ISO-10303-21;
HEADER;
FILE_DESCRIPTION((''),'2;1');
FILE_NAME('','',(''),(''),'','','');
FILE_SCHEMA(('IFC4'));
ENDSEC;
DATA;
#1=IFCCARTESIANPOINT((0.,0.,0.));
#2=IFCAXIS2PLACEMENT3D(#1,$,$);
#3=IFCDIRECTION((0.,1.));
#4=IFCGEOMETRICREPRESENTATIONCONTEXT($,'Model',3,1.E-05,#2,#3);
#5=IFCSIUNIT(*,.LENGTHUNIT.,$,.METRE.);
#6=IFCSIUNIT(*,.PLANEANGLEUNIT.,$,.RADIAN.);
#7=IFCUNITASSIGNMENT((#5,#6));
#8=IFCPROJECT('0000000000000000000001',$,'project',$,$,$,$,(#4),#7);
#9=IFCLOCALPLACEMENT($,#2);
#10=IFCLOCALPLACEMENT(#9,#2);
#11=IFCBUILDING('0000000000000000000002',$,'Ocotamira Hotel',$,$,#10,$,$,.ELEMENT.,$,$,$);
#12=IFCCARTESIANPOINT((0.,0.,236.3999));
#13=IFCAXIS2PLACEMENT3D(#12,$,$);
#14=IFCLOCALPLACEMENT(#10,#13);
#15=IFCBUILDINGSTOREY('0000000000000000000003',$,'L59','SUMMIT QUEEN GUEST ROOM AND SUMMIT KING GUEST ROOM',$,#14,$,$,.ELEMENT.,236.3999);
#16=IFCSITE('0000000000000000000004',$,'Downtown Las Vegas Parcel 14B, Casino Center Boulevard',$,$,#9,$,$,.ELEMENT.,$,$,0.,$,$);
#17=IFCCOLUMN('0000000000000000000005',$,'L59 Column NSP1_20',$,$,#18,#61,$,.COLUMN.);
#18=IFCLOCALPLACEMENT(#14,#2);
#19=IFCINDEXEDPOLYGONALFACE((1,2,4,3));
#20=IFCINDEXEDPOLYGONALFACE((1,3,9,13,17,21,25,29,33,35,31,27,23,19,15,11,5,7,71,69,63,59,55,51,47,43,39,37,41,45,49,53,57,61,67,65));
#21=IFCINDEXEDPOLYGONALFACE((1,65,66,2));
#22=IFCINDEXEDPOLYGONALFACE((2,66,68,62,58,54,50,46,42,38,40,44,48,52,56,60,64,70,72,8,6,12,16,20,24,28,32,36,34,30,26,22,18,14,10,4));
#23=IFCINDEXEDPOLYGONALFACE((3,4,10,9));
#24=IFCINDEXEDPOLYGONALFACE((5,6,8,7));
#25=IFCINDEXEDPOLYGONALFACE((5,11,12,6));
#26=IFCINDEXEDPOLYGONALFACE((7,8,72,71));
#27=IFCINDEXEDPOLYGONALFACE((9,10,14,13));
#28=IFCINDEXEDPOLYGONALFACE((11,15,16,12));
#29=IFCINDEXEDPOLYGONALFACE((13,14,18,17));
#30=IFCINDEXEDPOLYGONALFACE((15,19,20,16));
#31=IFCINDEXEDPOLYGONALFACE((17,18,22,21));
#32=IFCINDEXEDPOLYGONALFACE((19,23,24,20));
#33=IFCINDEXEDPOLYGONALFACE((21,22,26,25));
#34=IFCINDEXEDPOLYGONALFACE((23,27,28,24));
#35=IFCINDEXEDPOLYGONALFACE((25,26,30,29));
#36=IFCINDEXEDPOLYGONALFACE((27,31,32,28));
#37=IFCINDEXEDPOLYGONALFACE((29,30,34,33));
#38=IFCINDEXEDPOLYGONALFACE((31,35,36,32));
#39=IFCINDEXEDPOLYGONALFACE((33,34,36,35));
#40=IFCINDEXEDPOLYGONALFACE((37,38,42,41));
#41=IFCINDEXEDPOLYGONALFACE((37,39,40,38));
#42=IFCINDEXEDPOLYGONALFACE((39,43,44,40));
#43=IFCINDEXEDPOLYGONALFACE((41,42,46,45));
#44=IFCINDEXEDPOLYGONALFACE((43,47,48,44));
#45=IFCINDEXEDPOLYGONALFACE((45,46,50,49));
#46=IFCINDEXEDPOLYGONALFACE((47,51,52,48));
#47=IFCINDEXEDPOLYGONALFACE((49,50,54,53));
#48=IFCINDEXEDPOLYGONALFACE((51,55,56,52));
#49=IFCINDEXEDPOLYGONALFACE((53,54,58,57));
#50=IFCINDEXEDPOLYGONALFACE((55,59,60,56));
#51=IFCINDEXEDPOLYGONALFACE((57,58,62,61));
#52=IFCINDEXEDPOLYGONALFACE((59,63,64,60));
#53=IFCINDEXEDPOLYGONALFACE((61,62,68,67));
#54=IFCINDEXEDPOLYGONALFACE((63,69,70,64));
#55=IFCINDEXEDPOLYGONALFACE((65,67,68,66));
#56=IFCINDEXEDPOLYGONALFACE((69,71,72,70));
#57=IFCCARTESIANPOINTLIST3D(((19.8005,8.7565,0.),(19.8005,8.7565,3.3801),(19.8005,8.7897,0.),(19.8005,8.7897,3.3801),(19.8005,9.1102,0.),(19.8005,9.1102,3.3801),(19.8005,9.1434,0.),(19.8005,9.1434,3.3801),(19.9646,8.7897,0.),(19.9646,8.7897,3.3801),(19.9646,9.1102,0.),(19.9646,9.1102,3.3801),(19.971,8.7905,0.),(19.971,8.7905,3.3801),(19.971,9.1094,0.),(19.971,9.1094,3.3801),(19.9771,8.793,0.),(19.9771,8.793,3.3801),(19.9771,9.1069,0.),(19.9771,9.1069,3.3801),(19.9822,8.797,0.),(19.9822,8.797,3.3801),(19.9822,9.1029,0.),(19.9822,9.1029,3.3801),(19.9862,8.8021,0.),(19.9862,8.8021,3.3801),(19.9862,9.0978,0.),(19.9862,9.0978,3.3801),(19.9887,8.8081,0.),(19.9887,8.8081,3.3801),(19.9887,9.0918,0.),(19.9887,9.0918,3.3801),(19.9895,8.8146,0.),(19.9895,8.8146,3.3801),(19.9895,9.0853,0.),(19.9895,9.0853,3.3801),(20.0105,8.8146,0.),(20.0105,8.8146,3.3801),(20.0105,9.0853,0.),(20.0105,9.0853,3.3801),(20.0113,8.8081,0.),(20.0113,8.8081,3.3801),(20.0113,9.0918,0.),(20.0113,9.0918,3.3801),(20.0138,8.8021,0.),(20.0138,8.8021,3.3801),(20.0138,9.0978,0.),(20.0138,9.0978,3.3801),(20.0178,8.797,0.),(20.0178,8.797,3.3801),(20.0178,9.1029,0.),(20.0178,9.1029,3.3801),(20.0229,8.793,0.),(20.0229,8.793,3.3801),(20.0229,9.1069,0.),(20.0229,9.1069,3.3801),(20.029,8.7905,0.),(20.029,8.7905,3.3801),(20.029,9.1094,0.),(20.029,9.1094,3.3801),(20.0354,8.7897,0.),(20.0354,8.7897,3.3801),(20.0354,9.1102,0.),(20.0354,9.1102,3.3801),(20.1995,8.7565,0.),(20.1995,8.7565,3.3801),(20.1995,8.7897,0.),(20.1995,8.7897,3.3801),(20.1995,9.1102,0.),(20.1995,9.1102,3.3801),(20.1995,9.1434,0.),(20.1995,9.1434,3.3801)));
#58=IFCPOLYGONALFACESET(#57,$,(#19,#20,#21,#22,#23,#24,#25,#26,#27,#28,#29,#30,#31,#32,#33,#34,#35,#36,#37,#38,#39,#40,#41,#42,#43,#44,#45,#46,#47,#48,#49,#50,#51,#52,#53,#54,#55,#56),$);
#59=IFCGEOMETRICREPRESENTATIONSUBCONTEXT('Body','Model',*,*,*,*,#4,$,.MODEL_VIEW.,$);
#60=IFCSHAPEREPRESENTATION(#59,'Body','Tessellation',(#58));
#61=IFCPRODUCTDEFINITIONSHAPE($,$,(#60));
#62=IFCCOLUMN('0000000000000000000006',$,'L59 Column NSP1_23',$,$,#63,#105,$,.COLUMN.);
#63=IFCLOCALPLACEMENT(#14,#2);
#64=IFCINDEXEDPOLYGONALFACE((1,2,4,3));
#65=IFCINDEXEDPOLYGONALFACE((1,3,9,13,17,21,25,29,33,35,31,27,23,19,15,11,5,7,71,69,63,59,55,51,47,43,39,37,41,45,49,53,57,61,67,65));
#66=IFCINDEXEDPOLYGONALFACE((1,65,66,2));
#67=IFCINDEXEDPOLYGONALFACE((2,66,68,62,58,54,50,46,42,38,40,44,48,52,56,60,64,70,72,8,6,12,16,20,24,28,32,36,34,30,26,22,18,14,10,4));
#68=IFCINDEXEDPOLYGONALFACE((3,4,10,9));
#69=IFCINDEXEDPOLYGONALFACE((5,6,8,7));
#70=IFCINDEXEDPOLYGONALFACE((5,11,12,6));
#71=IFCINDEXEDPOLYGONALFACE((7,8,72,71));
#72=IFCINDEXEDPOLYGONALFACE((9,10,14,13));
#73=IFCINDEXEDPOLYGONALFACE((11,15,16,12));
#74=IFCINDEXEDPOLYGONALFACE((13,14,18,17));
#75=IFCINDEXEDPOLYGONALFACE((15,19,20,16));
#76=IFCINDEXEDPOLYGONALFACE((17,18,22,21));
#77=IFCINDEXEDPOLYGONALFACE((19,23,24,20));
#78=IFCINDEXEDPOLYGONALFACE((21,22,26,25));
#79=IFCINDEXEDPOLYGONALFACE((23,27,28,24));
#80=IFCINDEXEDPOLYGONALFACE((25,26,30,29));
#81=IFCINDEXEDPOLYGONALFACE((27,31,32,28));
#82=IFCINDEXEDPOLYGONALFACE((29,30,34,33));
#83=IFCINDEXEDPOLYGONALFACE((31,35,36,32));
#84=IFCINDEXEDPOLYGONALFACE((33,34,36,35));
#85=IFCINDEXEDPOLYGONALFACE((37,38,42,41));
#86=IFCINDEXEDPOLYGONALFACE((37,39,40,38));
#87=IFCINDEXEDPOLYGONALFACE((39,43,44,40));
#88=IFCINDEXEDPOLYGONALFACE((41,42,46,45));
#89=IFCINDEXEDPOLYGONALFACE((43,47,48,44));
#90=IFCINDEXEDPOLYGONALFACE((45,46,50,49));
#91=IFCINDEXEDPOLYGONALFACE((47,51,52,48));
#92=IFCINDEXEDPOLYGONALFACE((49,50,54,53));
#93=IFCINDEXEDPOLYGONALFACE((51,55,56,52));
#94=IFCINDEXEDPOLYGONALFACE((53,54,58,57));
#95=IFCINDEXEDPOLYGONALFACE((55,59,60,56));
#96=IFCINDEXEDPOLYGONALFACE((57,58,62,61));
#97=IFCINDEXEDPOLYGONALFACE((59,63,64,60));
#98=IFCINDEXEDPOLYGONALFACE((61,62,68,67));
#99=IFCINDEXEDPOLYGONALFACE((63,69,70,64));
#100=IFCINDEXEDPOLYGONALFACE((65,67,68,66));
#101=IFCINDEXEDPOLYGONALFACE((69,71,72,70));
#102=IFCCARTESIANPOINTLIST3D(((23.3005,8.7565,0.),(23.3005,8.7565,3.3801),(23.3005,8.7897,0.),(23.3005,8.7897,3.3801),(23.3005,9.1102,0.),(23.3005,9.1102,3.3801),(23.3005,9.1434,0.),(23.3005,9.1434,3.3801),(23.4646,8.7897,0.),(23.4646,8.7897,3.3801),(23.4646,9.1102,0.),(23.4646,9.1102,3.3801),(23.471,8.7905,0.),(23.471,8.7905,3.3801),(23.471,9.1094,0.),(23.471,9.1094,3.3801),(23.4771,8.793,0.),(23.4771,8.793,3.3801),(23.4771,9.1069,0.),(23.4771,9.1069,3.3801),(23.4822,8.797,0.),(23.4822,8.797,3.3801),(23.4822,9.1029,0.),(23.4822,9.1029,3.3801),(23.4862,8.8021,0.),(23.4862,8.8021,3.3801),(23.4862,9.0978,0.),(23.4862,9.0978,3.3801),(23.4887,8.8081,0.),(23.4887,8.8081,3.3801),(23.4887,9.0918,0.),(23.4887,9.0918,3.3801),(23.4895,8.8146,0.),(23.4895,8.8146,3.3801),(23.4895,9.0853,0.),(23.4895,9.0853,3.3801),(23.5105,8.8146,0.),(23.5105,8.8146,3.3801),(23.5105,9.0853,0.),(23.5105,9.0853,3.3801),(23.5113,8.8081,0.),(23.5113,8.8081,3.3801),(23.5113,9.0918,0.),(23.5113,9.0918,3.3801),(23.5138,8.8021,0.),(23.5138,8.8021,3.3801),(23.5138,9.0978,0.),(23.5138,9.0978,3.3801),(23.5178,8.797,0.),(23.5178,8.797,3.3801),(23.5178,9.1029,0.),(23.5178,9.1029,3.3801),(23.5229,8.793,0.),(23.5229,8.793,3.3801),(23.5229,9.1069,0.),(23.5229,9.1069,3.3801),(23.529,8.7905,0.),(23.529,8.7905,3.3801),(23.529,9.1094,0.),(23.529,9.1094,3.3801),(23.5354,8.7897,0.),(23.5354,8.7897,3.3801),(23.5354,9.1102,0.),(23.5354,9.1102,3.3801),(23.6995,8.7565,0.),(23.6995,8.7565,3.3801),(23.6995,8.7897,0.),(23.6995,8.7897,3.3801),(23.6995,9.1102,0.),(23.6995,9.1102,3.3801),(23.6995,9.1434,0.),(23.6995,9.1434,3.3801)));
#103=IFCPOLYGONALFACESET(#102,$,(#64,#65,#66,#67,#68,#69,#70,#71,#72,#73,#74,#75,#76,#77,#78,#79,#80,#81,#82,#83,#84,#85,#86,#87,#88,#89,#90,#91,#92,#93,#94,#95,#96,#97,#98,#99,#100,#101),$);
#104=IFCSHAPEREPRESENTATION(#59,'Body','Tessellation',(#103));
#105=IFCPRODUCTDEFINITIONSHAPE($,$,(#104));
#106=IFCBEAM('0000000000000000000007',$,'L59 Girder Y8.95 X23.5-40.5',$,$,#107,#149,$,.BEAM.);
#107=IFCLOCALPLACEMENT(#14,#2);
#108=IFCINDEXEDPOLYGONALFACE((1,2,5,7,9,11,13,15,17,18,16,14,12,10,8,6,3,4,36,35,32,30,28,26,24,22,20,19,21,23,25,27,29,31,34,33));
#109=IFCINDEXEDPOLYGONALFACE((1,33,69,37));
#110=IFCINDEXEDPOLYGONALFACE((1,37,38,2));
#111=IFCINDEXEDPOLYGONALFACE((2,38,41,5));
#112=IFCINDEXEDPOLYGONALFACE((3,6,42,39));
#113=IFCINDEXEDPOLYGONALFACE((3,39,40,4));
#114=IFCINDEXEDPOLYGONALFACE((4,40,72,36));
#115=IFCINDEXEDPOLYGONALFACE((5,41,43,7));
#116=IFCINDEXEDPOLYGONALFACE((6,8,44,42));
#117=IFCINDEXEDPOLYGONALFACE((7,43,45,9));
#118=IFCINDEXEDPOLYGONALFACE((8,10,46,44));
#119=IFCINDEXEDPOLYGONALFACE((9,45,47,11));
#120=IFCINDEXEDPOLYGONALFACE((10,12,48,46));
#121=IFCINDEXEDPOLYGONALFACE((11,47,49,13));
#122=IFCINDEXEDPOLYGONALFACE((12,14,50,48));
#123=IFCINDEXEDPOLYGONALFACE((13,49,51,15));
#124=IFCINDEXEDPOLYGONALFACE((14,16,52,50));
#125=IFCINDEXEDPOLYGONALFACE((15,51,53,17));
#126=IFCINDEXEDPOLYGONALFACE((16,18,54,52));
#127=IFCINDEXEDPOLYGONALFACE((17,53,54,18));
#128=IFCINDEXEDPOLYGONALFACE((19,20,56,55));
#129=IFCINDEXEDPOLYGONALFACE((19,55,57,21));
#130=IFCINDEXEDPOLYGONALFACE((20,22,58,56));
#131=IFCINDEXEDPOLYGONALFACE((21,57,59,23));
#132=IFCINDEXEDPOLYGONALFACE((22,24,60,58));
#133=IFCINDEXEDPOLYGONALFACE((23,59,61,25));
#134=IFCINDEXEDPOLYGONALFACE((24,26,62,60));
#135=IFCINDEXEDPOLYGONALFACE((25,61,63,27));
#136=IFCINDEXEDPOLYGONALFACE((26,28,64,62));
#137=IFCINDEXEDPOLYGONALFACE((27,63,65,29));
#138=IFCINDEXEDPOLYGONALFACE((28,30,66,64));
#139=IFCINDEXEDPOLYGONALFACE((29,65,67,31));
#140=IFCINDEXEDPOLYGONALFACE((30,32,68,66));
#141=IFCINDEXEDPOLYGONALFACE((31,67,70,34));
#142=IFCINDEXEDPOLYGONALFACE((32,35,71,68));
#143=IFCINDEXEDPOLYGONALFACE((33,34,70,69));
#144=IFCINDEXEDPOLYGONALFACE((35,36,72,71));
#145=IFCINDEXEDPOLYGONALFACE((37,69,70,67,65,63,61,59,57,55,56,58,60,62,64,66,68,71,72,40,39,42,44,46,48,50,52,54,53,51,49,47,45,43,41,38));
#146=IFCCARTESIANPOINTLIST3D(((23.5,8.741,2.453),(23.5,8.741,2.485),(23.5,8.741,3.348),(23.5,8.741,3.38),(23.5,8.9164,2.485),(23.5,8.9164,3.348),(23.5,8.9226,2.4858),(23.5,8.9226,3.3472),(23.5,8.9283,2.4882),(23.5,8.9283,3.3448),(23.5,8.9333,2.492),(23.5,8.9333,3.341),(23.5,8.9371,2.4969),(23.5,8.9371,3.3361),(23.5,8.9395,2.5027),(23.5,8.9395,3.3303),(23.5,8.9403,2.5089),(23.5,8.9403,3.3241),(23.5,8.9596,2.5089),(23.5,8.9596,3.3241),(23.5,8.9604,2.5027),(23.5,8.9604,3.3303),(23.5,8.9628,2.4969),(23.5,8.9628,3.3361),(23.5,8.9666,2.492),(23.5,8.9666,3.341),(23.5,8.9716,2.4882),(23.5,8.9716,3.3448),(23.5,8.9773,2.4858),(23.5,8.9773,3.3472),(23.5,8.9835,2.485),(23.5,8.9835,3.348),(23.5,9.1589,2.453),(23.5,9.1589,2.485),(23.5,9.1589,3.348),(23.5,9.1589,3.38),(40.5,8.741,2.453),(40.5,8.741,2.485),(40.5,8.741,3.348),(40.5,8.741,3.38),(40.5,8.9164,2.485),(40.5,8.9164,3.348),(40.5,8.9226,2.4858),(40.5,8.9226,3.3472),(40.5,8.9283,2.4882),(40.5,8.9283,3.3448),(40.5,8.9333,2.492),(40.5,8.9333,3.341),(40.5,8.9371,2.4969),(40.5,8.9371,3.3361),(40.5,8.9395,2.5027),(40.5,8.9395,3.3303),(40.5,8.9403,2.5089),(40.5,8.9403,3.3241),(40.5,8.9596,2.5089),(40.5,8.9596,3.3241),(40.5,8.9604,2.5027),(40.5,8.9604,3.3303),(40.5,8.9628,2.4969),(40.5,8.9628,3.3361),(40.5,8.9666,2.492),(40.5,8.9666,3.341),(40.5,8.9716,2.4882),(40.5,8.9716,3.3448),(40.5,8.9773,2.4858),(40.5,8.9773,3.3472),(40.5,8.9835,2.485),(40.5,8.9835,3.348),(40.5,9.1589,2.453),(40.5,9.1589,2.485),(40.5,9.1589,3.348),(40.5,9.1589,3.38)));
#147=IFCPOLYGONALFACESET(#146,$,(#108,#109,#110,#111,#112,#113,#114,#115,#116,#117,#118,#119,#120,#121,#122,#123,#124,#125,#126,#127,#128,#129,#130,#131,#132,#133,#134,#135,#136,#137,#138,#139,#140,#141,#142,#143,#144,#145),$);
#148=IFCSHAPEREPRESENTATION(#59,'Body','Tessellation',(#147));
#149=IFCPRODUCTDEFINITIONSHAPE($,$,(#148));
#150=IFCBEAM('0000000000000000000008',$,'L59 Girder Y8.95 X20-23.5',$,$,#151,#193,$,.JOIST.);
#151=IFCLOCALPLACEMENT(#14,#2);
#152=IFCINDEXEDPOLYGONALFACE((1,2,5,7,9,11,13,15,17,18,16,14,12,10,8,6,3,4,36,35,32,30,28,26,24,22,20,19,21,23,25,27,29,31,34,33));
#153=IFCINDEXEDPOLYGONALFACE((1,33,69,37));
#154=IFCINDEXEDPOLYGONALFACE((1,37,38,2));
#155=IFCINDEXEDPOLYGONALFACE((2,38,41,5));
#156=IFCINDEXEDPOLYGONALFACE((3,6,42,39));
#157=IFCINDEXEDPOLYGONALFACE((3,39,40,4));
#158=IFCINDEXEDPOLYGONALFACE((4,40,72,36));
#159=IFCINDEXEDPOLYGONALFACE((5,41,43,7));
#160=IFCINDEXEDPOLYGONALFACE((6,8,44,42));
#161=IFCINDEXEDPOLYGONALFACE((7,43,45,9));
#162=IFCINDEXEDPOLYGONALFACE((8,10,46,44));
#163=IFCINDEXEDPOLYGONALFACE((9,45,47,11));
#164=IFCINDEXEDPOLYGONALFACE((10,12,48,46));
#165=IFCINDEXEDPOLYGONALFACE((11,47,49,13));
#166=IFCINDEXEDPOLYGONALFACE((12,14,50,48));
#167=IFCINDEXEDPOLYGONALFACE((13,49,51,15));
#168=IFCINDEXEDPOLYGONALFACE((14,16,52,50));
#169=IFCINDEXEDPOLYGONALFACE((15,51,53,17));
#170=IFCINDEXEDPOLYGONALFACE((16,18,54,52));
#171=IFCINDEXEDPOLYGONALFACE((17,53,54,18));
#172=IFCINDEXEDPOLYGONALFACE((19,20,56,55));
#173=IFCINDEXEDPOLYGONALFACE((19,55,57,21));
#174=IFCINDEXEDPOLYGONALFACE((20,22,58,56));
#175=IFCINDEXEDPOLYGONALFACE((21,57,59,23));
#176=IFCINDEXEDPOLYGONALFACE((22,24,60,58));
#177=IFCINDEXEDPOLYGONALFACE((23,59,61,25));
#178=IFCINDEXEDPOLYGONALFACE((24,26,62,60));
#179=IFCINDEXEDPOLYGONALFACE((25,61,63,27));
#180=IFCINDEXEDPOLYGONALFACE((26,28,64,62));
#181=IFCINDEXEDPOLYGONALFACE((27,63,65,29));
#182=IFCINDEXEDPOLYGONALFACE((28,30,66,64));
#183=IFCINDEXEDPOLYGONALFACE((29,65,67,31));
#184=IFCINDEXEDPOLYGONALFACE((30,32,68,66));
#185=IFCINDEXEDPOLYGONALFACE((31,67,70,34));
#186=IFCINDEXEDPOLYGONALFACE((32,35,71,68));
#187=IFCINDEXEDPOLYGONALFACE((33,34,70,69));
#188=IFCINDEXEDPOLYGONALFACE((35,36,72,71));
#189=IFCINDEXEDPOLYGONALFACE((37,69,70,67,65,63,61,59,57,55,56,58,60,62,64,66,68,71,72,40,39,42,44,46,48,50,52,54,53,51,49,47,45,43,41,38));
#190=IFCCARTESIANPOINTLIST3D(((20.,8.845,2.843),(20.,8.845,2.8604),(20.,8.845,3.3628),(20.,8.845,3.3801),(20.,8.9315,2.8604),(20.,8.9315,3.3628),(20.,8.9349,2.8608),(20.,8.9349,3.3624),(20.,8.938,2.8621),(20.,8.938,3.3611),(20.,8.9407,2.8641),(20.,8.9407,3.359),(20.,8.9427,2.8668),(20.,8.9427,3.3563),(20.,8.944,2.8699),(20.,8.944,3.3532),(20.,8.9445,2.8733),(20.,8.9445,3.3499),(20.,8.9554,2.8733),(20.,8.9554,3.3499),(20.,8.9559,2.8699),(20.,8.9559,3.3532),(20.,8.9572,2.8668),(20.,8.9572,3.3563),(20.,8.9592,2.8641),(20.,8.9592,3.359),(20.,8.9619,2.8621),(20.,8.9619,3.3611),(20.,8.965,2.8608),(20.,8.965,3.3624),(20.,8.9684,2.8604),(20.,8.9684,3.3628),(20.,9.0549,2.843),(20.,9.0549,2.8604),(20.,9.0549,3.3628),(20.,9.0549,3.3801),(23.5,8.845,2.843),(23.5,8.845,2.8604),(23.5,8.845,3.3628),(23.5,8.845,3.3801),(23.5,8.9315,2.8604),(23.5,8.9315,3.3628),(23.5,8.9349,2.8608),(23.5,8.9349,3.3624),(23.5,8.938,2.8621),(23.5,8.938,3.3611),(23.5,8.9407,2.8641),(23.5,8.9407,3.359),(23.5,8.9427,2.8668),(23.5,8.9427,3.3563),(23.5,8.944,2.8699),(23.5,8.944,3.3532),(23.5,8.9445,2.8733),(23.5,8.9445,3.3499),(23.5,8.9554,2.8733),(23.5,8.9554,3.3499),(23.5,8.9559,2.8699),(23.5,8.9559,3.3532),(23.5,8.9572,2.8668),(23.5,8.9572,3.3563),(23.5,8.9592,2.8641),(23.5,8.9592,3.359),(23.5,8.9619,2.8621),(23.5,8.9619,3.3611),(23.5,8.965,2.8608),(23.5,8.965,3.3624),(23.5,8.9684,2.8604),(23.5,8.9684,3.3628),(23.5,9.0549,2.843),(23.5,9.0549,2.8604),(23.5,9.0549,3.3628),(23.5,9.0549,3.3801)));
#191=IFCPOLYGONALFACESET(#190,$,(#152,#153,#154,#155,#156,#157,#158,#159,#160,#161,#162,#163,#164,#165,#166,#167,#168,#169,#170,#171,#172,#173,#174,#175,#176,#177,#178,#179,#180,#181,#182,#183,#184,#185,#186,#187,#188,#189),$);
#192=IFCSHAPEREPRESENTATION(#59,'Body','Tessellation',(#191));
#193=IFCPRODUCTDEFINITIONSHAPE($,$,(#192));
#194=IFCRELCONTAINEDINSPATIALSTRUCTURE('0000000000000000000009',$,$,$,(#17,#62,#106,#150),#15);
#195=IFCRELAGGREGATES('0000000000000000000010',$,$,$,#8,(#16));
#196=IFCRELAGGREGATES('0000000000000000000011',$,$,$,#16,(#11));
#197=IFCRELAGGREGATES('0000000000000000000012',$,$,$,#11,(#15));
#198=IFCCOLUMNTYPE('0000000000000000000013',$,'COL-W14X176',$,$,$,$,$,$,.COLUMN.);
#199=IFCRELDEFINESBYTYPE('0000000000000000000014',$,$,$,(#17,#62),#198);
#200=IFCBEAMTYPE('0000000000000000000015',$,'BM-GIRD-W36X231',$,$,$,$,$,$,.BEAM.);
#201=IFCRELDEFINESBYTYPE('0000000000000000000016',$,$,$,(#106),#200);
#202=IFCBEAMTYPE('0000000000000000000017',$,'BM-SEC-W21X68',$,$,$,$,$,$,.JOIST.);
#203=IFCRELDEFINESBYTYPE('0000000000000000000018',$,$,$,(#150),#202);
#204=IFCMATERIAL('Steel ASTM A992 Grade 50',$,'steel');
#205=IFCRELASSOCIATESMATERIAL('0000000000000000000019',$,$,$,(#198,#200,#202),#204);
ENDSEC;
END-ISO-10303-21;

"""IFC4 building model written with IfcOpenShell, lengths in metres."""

from ifc_helpers import new_model, si_unit, direction, frame, origin, origin_2d, place, context, subcontext, project, spatial, i_section, extrude, source, transform, mapped, material, material_profile, profile_set, type_object, element, save


model = new_model("IFC4")

# Units and contexts
model_context = context("Model", 3, precision=1e-05, world=origin(), true_north=direction((0.0, 1.0)))
body_context = subcontext(model_context, "Body", "Model", "MODEL_VIEW")
ifc_project = project(units=[si_unit("LENGTHUNIT", "METRE"), si_unit("PLANEANGLEUNIT", "RADIAN")], contexts=[model_context])

# Site, building, storey
site_placement = place(None, origin())
site = spatial("IfcSite", under=ifc_project, at=site_placement, Name="Downtown Las Vegas Parcel 14B, Casino Center Boulevard", CompositionType="ELEMENT", RefElevation=0.0)
building_placement = place(site_placement, origin())
building = spatial("IfcBuilding", under=site, at=building_placement, Name="Ocotamira Hotel", CompositionType="ELEMENT")
storey_placement = place(building_placement, frame((0.0, 0.0, 236.3999)))
storey = spatial("IfcBuildingStorey", under=building, at=storey_placement, Name="L59", Description="SUMMIT QUEEN GUEST ROOM AND SUMMIT KING GUEST ROOM", CompositionType="ELEMENT", Elevation=236.3999)

# Columns
ifc_material_1 = material(Name="Steel ASTM A992 Grade 50", Category="steel")
ifc_material_profile_1 = material_profile(ifc_material_1, i_section(OverallWidth=0.3989, OverallDepth=0.387, WebThickness=0.021, FlangeThickness=0.0332, FilletRadius=0.0249, at=origin_2d()), Name="W14X176")
ifc_profile_set_1 = profile_set([ifc_material_profile_1], Name="Steel ASTM A992 Grade 50")
column_type = type_object("IfcColumnType", Name="COL-W14X176", PredefinedType="COLUMN", material=ifc_profile_set_1)
shared_shape_1 = source(origin(), body_context, "Body", "SweptSolid", [
    extrude(i_section(OverallWidth=0.3989, OverallDepth=0.387, WebThickness=0.021, FlangeThickness=0.0332, FilletRadius=0.0249, at=origin_2d()), origin(), (0.0, 0.0, 1.0), 3.3801),
])
for number, where, z_axis, x_axis, name in (
    (1, (20.0, 8.95, 0.0), (0.0, 0.0, 1.0), (1.0, 0.0, 0.0), "L59 Column NSP1_20"),
    (2, (23.5, 8.95, 0.0), (0.0, 0.0, 1.0), (1.0, 0.0, 0.0), "L59 Column NSP1_23"),
):
    element("IfcColumn", number, at=place(storey_placement, frame(where, z_axis=z_axis, x_axis=x_axis)), inside=storey, type_object=column_type, Name=name, PredefinedType="COLUMN", context=body_context, shape_type="MappedRepresentation", body=[
        mapped(shared_shape_1, transform((0.0, 0.0, 0.0), scale=1.0)),
    ])

# Beams
ifc_material_profile_2 = material_profile(ifc_material_1, i_section(OverallWidth=0.418, OverallDepth=0.927, WebThickness=0.0193, FlangeThickness=0.032, FilletRadius=0.0239, at=origin_2d()), Name="W36X231")
ifc_profile_set_2 = profile_set([ifc_material_profile_2], Name="Steel ASTM A992 Grade 50")
beam_type_1 = type_object("IfcBeamType", Name="BM-GIRD-W36X231", PredefinedType="BEAM", material=ifc_profile_set_2)
shared_shape_2 = source(origin(), body_context, "Body", "SweptSolid", [
    extrude(i_section(OverallWidth=0.418, OverallDepth=0.927, WebThickness=0.0193, FlangeThickness=0.032, FilletRadius=0.0239, at=origin_2d()), origin(), (0.0, 0.0, 1.0), 17.0),
])
beam_1_placement = place(storey_placement, frame((23.5, 8.95, 2.9165), z_axis=(1.0, 0.0, 0.0), x_axis=(0.0, 1.0, 0.0)))
element("IfcBeam", 3, at=beam_1_placement, inside=storey, type_object=beam_type_1, Name="L59 Girder Y8.95 X23.5-40.5", PredefinedType="BEAM", context=body_context, shape_type="MappedRepresentation", body=[
    mapped(shared_shape_2, transform((0.0, 0.0, 0.0), scale=1.0)),
])
ifc_material_profile_3 = material_profile(ifc_material_1, i_section(OverallWidth=0.21, OverallDepth=0.5371, WebThickness=0.011, FlangeThickness=0.0173, FilletRadius=0.0129, at=origin_2d()), Name="W21X68")
ifc_profile_set_3 = profile_set([ifc_material_profile_3], Name="Steel ASTM A992 Grade 50")
beam_type_2 = type_object("IfcBeamType", Name="BM-SEC-W21X68", PredefinedType="JOIST", material=ifc_profile_set_3)
shared_shape_3 = source(origin(), body_context, "Body", "SweptSolid", [
    extrude(i_section(OverallWidth=0.21, OverallDepth=0.5371, WebThickness=0.011, FlangeThickness=0.0173, FilletRadius=0.0129, at=origin_2d()), origin(), (0.0, 0.0, 1.0), 3.5),
])
beam_2_placement = place(storey_placement, frame((20.0, 8.95, 3.1116), z_axis=(1.0, 0.0, 0.0), x_axis=(0.0, 1.0, 0.0)))
element("IfcBeam", 4, at=beam_2_placement, inside=storey, type_object=beam_type_2, Name="L59 Girder Y8.95 X20-23.5", PredefinedType="JOIST", context=body_context, shape_type="MappedRepresentation", body=[
    mapped(shared_shape_3, transform((0.0, 0.0, 0.0), scale=1.0)),
])

save(model, "model.ifc")
